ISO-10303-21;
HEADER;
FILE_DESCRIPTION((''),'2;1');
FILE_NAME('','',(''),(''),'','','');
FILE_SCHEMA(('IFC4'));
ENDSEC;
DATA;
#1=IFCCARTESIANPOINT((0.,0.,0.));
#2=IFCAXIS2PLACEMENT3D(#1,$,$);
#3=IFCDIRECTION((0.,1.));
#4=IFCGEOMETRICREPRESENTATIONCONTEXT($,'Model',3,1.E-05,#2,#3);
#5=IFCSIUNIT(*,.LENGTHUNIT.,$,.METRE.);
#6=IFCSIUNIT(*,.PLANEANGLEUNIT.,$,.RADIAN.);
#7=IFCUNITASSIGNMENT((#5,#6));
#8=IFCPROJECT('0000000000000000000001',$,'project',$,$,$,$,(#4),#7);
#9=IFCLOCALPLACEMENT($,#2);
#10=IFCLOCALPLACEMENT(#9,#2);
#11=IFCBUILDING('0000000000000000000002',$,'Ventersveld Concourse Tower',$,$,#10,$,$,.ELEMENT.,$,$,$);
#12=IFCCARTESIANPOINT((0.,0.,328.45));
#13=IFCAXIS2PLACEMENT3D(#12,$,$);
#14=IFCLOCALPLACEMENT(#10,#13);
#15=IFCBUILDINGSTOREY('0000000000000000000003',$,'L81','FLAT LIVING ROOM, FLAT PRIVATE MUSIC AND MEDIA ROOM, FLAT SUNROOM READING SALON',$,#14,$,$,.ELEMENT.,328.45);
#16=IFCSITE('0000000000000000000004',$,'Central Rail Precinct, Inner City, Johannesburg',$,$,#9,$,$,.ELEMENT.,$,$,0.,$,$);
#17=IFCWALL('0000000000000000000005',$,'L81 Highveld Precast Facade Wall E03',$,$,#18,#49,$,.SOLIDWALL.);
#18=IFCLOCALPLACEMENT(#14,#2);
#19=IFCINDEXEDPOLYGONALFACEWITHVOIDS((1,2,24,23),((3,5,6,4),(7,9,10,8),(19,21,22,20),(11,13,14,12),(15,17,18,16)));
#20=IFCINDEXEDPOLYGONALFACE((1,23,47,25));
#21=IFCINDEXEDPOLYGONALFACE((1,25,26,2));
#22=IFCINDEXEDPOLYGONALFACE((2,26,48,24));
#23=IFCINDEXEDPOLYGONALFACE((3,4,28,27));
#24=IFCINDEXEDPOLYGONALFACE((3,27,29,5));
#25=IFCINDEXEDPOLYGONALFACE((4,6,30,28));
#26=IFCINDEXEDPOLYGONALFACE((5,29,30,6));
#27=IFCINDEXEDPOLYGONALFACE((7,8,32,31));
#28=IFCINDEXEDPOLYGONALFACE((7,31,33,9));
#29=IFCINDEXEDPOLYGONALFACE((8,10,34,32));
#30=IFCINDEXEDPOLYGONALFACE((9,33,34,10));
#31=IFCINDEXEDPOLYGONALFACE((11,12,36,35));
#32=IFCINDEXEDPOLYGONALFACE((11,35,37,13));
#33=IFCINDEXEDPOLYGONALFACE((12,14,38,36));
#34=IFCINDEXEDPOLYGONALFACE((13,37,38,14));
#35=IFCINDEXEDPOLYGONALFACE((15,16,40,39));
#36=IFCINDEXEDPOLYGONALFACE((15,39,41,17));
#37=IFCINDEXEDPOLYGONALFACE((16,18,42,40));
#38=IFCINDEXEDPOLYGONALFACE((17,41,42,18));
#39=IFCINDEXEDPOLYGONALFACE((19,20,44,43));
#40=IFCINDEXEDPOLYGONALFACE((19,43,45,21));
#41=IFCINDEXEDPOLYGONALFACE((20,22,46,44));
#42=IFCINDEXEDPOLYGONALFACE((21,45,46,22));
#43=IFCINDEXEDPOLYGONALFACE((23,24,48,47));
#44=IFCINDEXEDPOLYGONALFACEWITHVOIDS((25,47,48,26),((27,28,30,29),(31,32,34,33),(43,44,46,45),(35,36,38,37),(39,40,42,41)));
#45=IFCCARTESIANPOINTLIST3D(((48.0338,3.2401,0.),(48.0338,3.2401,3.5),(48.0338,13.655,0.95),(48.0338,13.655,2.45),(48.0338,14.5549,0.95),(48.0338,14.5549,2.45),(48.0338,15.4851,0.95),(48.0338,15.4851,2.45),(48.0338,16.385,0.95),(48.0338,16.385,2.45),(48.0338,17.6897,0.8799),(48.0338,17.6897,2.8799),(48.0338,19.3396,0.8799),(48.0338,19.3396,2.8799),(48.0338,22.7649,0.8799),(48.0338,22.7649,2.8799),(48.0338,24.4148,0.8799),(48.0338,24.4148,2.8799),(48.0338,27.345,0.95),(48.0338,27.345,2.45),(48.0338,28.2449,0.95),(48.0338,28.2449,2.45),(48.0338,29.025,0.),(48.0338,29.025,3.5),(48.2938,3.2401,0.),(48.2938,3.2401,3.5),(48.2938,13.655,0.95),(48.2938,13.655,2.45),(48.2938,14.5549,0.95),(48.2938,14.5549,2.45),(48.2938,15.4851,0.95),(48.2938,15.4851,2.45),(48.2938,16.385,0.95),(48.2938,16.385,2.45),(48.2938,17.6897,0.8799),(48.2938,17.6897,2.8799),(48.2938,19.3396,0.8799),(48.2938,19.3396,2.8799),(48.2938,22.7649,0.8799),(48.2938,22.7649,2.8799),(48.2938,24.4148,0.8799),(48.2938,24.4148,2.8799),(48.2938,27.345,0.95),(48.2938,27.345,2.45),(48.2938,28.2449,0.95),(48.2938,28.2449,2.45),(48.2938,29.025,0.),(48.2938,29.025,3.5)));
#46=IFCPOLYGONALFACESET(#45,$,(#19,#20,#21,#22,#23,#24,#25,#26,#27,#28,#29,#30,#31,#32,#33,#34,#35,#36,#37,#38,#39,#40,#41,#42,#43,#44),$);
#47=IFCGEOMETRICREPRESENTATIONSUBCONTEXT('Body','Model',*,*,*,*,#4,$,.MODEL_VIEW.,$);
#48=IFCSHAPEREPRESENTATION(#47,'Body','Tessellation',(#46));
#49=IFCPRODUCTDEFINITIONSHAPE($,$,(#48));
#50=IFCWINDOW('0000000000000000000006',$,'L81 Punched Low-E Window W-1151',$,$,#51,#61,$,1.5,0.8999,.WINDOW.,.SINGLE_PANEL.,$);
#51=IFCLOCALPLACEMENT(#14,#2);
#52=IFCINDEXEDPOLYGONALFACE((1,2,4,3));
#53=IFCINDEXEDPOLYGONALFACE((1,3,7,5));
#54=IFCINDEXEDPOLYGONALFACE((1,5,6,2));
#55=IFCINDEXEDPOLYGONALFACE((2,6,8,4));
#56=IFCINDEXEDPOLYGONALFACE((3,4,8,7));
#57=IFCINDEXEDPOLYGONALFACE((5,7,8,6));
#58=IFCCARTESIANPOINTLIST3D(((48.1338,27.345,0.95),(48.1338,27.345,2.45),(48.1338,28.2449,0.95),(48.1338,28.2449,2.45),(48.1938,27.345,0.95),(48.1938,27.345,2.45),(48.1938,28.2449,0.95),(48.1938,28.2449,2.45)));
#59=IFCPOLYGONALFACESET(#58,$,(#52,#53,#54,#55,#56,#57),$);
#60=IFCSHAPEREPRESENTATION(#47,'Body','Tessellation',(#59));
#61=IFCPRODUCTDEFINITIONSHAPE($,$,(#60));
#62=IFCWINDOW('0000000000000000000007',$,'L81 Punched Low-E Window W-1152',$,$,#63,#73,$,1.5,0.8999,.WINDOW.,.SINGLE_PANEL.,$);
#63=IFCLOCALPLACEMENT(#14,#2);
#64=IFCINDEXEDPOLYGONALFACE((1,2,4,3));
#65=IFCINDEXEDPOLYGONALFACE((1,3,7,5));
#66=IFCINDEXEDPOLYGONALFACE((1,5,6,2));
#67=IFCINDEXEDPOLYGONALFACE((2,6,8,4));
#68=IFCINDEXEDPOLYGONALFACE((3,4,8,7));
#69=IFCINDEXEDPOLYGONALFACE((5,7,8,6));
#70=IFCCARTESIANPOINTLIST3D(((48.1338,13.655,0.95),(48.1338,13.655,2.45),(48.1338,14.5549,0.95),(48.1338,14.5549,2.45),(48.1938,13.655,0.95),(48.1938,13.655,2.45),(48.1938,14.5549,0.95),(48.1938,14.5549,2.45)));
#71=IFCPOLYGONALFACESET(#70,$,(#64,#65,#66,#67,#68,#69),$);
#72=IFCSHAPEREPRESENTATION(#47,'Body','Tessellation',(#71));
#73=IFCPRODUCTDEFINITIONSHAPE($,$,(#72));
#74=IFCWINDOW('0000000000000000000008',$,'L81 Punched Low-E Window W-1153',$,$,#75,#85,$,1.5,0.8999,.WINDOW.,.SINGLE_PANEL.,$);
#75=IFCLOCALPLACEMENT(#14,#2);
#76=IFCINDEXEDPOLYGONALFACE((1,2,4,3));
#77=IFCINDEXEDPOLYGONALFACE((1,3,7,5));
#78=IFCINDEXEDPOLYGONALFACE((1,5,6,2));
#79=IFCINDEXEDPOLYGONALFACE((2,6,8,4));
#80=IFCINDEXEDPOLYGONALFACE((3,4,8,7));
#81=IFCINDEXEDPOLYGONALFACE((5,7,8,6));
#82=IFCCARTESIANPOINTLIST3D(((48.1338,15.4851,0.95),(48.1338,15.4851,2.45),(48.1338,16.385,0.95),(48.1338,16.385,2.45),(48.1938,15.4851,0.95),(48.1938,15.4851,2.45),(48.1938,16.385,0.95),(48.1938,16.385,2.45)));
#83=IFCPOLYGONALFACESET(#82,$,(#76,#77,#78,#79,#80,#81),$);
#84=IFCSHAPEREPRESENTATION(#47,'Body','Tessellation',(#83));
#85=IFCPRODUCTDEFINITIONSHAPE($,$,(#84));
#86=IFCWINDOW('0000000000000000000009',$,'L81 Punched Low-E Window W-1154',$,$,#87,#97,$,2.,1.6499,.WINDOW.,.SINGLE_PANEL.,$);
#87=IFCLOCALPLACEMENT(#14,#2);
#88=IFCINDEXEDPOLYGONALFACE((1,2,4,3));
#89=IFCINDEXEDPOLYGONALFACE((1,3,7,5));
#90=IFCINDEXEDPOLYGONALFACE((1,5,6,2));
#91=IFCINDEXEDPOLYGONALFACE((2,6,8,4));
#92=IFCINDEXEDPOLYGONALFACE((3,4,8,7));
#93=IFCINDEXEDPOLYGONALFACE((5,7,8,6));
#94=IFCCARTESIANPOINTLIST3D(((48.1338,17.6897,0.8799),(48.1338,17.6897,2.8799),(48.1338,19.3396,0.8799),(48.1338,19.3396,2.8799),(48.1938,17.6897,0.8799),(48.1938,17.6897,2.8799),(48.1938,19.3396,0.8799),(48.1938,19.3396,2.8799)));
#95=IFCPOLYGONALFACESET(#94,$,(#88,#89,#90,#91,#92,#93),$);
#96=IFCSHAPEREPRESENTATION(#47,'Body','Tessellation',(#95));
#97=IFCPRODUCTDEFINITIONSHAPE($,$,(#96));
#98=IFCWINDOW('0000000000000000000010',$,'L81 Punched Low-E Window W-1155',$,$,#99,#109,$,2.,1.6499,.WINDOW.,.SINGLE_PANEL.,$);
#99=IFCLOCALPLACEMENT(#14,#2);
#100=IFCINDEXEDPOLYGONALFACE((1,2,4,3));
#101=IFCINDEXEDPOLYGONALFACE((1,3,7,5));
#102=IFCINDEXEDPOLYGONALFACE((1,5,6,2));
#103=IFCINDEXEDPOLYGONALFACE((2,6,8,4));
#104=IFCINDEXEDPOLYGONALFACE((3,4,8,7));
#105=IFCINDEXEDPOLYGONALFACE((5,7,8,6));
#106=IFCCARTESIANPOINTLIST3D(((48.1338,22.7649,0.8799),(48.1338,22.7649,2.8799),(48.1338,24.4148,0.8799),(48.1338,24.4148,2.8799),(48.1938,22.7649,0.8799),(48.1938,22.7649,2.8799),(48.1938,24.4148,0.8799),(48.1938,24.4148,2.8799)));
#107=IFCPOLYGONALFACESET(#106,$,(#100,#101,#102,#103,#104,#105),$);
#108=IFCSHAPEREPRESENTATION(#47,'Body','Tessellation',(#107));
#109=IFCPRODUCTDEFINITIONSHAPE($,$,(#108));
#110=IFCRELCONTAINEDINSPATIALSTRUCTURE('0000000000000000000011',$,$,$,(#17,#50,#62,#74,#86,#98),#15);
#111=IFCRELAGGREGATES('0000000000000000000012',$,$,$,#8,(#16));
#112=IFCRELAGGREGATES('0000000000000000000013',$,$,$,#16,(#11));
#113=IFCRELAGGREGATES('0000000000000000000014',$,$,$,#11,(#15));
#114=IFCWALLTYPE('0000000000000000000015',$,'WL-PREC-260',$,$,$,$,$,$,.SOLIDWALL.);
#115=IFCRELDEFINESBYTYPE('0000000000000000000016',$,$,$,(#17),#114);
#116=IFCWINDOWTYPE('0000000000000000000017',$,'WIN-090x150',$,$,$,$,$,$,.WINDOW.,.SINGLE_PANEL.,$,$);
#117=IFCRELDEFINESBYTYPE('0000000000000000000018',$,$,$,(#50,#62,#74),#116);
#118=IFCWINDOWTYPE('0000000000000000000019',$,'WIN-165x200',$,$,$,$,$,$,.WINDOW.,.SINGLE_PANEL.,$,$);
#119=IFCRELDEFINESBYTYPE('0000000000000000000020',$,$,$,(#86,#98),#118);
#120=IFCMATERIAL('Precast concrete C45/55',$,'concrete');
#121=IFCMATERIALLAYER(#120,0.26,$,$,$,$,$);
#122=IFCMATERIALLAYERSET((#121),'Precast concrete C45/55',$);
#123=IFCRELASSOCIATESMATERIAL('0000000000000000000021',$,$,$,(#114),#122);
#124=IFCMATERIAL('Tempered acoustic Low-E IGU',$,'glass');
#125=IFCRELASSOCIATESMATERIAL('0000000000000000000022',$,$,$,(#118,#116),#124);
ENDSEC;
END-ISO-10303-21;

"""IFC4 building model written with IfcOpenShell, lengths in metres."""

from ifc_helpers import new_model, si_unit, direction, frame, frame_2d, origin, place, context, subcontext, project, spatial, rectangle, extrude, material, layer, layer_set, type_object, element, fill, save


model = new_model("IFC4")

# Units and contexts
model_context = context("Model", 3, precision=1e-05, world=origin(), true_north=direction((0.0, 1.0)))
body_context = subcontext(model_context, "Body", "Model", "MODEL_VIEW")
ifc_project = project(units=[si_unit("LENGTHUNIT", "METRE"), si_unit("PLANEANGLEUNIT", "RADIAN")], contexts=[model_context])

# Site, building, storey
site_placement = place(None, origin())
site = spatial("IfcSite", under=ifc_project, at=site_placement, Name="Central Rail Precinct, Inner City, Johannesburg", CompositionType="ELEMENT", RefElevation=0.0)
building_placement = place(site_placement, origin())
building = spatial("IfcBuilding", under=site, at=building_placement, Name="Ventersveld Concourse Tower", CompositionType="ELEMENT")
storey_placement = place(building_placement, frame((0.0, 0.0, 328.45)))
storey = spatial("IfcBuildingStorey", under=building, at=storey_placement, Name="L81", Description="FLAT LIVING ROOM, FLAT PRIVATE MUSIC AND MEDIA ROOM, FLAT SUNROOM READING SALON", CompositionType="ELEMENT", Elevation=328.45)

# Shared definitions
ifc_material_1 = material(Name="Precast concrete C45/55", Category="concrete")
ifc_layer_1 = layer(ifc_material_1, 0.26)
ifc_layer_set_1 = layer_set([ifc_layer_1], Name="Precast concrete C45/55")
wall_type_1 = type_object("IfcWallType", Name="WL-PREC-260", PredefinedType="SOLIDWALL", material=ifc_layer_set_1)

# Shared definitions
ifc_material_2 = material(Name="Tempered acoustic Low-E IGU", Category="glass")
window_type_1 = type_object("IfcWindowType", Name="WIN-165x200", PartitioningType="SINGLE_PANEL", PredefinedType="WINDOW", material=ifc_material_2)

# Wall, openings, windows
wall_1_placement = place(storey_placement, frame((48.1638, 3.24, 0.0), z_axis=(0.0, 0.0, 1.0), x_axis=(0.0, 1.0, 0.0)))
wall_1 = element("IfcWall", 1, at=wall_1_placement, inside=storey, type_object=wall_type_1, Name="L81 Highveld Precast Facade Wall E03", PredefinedType="SOLIDWALL", context=body_context, shape_type="SweptSolid", body=[
    extrude(rectangle(XDim=25.7849, YDim=0.26, at=frame_2d((12.8926, 0.0))), origin(), (0.0, 0.0, 1.0), 3.5),
])
opening_1_placement = place(wall_1_placement, frame((24.105, 0.0, 0.95)))
opening_1 = element("IfcOpeningElement", 2, at=opening_1_placement, cuts=wall_1, PredefinedType="OPENING", context=body_context, shape_type="SweptSolid", body=[
    extrude(rectangle(XDim=0.8999, YDim=1.5, at=frame_2d((0.45, 0.75))), frame((0.0, 0.1401, 0.0), z_axis=(0.0, -1.0, 0.0), x_axis=(1.0, 0.0, 0.0)), (0.0, 0.0, 1.0), 0.28),
])
opening_2_placement = place(wall_1_placement, frame((10.415, 0.0, 0.95)))
opening_2 = element("IfcOpeningElement", 3, at=opening_2_placement, cuts=wall_1, PredefinedType="OPENING", context=body_context, shape_type="SweptSolid", body=[
    extrude(rectangle(XDim=0.8999, YDim=1.5, at=frame_2d((0.45, 0.75))), frame((0.0, 0.1401, 0.0), z_axis=(0.0, -1.0, 0.0), x_axis=(1.0, 0.0, 0.0)), (0.0, 0.0, 1.0), 0.28),
])
opening_3_placement = place(wall_1_placement, frame((12.2451, 0.0, 0.95)))
opening_3 = element("IfcOpeningElement", 4, at=opening_3_placement, cuts=wall_1, PredefinedType="OPENING", context=body_context, shape_type="SweptSolid", body=[
    extrude(rectangle(XDim=0.8999, YDim=1.5, at=frame_2d((0.45, 0.75))), frame((0.0, 0.1401, 0.0), z_axis=(0.0, -1.0, 0.0), x_axis=(1.0, 0.0, 0.0)), (0.0, 0.0, 1.0), 0.28),
])
opening_4_placement = place(wall_1_placement, frame((14.4497, 0.0, 0.8799)))
opening_4 = element("IfcOpeningElement", 5, at=opening_4_placement, cuts=wall_1, PredefinedType="OPENING", context=body_context, shape_type="SweptSolid", body=[
    extrude(rectangle(XDim=1.6499, YDim=2.0, at=frame_2d((0.825, 1.0))), frame((0.0, 0.1401, 0.0), z_axis=(0.0, -1.0, 0.0), x_axis=(1.0, 0.0, 0.0)), (0.0, 0.0, 1.0), 0.28),
])
opening_5_placement = place(wall_1_placement, frame((19.5249, 0.0, 0.8799)))
opening_5 = element("IfcOpeningElement", 6, at=opening_5_placement, cuts=wall_1, PredefinedType="OPENING", context=body_context, shape_type="SweptSolid", body=[
    extrude(rectangle(XDim=1.6499, YDim=2.0, at=frame_2d((0.825, 1.0))), frame((0.0, 0.1401, 0.0), z_axis=(0.0, -1.0, 0.0), x_axis=(1.0, 0.0, 0.0)), (0.0, 0.0, 1.0), 0.28),
])
window_type_2 = type_object("IfcWindowType", Name="WIN-090x150", PartitioningType="SINGLE_PANEL", PredefinedType="WINDOW", material=ifc_material_2)
window_1_placement = place(opening_1_placement, origin())
window_1 = element("IfcWindow", 7, at=window_1_placement, inside=storey, type_object=window_type_2, Name="L81 Punched Low-E Window W-1151", OverallHeight=1.5, OverallWidth=0.8999, PartitioningType="SINGLE_PANEL", PredefinedType="WINDOW", context=body_context, shape_type="SweptSolid", body=[
    extrude(rectangle(XDim=0.8999, YDim=1.5, at=frame_2d((0.45, 0.75))), frame((0.0, 0.03, 0.0), z_axis=(0.0, -1.0, 0.0), x_axis=(1.0, 0.0, 0.0)), (0.0, 0.0, 1.0), 0.0601),
])
fill(opening_1, window_1)
window_2_placement = place(opening_2_placement, origin())
window_2 = element("IfcWindow", 8, at=window_2_placement, inside=storey, type_object=window_type_2, Name="L81 Punched Low-E Window W-1152", OverallHeight=1.5, OverallWidth=0.8999, PartitioningType="SINGLE_PANEL", PredefinedType="WINDOW", context=body_context, shape_type="SweptSolid", body=[
    extrude(rectangle(XDim=0.8999, YDim=1.5, at=frame_2d((0.45, 0.75))), frame((0.0, 0.03, 0.0), z_axis=(0.0, -1.0, 0.0), x_axis=(1.0, 0.0, 0.0)), (0.0, 0.0, 1.0), 0.0601),
])
fill(opening_2, window_2)
window_3_placement = place(opening_3_placement, origin())
window_3 = element("IfcWindow", 9, at=window_3_placement, inside=storey, type_object=window_type_2, Name="L81 Punched Low-E Window W-1153", OverallHeight=1.5, OverallWidth=0.8999, PartitioningType="SINGLE_PANEL", PredefinedType="WINDOW", context=body_context, shape_type="SweptSolid", body=[
    extrude(rectangle(XDim=0.8999, YDim=1.5, at=frame_2d((0.45, 0.75))), frame((0.0, 0.03, 0.0), z_axis=(0.0, -1.0, 0.0), x_axis=(1.0, 0.0, 0.0)), (0.0, 0.0, 1.0), 0.0601),
])
fill(opening_3, window_3)
window_4_placement = place(opening_4_placement, origin())
window_4 = element("IfcWindow", 10, at=window_4_placement, inside=storey, type_object=window_type_1, Name="L81 Punched Low-E Window W-1154", OverallHeight=2.0, OverallWidth=1.6499, PartitioningType="SINGLE_PANEL", PredefinedType="WINDOW", context=body_context, shape_type="SweptSolid", body=[
    extrude(rectangle(XDim=1.6499, YDim=2.0, at=frame_2d((0.825, 1.0))), frame((0.0, 0.03, 0.0), z_axis=(0.0, -1.0, 0.0), x_axis=(1.0, 0.0, 0.0)), (0.0, 0.0, 1.0), 0.0601),
])
fill(opening_4, window_4)
window_5_placement = place(opening_5_placement, origin())
window_5 = element("IfcWindow", 11, at=window_5_placement, inside=storey, type_object=window_type_1, Name="L81 Punched Low-E Window W-1155", OverallHeight=2.0, OverallWidth=1.6499, PartitioningType="SINGLE_PANEL", PredefinedType="WINDOW", context=body_context, shape_type="SweptSolid", body=[
    extrude(rectangle(XDim=1.6499, YDim=2.0, at=frame_2d((0.825, 1.0))), frame((0.0, 0.03, 0.0), z_axis=(0.0, -1.0, 0.0), x_axis=(1.0, 0.0, 0.0)), (0.0, 0.0, 1.0), 0.0601),
])
fill(opening_5, window_5)

save(model, "model.ifc")
